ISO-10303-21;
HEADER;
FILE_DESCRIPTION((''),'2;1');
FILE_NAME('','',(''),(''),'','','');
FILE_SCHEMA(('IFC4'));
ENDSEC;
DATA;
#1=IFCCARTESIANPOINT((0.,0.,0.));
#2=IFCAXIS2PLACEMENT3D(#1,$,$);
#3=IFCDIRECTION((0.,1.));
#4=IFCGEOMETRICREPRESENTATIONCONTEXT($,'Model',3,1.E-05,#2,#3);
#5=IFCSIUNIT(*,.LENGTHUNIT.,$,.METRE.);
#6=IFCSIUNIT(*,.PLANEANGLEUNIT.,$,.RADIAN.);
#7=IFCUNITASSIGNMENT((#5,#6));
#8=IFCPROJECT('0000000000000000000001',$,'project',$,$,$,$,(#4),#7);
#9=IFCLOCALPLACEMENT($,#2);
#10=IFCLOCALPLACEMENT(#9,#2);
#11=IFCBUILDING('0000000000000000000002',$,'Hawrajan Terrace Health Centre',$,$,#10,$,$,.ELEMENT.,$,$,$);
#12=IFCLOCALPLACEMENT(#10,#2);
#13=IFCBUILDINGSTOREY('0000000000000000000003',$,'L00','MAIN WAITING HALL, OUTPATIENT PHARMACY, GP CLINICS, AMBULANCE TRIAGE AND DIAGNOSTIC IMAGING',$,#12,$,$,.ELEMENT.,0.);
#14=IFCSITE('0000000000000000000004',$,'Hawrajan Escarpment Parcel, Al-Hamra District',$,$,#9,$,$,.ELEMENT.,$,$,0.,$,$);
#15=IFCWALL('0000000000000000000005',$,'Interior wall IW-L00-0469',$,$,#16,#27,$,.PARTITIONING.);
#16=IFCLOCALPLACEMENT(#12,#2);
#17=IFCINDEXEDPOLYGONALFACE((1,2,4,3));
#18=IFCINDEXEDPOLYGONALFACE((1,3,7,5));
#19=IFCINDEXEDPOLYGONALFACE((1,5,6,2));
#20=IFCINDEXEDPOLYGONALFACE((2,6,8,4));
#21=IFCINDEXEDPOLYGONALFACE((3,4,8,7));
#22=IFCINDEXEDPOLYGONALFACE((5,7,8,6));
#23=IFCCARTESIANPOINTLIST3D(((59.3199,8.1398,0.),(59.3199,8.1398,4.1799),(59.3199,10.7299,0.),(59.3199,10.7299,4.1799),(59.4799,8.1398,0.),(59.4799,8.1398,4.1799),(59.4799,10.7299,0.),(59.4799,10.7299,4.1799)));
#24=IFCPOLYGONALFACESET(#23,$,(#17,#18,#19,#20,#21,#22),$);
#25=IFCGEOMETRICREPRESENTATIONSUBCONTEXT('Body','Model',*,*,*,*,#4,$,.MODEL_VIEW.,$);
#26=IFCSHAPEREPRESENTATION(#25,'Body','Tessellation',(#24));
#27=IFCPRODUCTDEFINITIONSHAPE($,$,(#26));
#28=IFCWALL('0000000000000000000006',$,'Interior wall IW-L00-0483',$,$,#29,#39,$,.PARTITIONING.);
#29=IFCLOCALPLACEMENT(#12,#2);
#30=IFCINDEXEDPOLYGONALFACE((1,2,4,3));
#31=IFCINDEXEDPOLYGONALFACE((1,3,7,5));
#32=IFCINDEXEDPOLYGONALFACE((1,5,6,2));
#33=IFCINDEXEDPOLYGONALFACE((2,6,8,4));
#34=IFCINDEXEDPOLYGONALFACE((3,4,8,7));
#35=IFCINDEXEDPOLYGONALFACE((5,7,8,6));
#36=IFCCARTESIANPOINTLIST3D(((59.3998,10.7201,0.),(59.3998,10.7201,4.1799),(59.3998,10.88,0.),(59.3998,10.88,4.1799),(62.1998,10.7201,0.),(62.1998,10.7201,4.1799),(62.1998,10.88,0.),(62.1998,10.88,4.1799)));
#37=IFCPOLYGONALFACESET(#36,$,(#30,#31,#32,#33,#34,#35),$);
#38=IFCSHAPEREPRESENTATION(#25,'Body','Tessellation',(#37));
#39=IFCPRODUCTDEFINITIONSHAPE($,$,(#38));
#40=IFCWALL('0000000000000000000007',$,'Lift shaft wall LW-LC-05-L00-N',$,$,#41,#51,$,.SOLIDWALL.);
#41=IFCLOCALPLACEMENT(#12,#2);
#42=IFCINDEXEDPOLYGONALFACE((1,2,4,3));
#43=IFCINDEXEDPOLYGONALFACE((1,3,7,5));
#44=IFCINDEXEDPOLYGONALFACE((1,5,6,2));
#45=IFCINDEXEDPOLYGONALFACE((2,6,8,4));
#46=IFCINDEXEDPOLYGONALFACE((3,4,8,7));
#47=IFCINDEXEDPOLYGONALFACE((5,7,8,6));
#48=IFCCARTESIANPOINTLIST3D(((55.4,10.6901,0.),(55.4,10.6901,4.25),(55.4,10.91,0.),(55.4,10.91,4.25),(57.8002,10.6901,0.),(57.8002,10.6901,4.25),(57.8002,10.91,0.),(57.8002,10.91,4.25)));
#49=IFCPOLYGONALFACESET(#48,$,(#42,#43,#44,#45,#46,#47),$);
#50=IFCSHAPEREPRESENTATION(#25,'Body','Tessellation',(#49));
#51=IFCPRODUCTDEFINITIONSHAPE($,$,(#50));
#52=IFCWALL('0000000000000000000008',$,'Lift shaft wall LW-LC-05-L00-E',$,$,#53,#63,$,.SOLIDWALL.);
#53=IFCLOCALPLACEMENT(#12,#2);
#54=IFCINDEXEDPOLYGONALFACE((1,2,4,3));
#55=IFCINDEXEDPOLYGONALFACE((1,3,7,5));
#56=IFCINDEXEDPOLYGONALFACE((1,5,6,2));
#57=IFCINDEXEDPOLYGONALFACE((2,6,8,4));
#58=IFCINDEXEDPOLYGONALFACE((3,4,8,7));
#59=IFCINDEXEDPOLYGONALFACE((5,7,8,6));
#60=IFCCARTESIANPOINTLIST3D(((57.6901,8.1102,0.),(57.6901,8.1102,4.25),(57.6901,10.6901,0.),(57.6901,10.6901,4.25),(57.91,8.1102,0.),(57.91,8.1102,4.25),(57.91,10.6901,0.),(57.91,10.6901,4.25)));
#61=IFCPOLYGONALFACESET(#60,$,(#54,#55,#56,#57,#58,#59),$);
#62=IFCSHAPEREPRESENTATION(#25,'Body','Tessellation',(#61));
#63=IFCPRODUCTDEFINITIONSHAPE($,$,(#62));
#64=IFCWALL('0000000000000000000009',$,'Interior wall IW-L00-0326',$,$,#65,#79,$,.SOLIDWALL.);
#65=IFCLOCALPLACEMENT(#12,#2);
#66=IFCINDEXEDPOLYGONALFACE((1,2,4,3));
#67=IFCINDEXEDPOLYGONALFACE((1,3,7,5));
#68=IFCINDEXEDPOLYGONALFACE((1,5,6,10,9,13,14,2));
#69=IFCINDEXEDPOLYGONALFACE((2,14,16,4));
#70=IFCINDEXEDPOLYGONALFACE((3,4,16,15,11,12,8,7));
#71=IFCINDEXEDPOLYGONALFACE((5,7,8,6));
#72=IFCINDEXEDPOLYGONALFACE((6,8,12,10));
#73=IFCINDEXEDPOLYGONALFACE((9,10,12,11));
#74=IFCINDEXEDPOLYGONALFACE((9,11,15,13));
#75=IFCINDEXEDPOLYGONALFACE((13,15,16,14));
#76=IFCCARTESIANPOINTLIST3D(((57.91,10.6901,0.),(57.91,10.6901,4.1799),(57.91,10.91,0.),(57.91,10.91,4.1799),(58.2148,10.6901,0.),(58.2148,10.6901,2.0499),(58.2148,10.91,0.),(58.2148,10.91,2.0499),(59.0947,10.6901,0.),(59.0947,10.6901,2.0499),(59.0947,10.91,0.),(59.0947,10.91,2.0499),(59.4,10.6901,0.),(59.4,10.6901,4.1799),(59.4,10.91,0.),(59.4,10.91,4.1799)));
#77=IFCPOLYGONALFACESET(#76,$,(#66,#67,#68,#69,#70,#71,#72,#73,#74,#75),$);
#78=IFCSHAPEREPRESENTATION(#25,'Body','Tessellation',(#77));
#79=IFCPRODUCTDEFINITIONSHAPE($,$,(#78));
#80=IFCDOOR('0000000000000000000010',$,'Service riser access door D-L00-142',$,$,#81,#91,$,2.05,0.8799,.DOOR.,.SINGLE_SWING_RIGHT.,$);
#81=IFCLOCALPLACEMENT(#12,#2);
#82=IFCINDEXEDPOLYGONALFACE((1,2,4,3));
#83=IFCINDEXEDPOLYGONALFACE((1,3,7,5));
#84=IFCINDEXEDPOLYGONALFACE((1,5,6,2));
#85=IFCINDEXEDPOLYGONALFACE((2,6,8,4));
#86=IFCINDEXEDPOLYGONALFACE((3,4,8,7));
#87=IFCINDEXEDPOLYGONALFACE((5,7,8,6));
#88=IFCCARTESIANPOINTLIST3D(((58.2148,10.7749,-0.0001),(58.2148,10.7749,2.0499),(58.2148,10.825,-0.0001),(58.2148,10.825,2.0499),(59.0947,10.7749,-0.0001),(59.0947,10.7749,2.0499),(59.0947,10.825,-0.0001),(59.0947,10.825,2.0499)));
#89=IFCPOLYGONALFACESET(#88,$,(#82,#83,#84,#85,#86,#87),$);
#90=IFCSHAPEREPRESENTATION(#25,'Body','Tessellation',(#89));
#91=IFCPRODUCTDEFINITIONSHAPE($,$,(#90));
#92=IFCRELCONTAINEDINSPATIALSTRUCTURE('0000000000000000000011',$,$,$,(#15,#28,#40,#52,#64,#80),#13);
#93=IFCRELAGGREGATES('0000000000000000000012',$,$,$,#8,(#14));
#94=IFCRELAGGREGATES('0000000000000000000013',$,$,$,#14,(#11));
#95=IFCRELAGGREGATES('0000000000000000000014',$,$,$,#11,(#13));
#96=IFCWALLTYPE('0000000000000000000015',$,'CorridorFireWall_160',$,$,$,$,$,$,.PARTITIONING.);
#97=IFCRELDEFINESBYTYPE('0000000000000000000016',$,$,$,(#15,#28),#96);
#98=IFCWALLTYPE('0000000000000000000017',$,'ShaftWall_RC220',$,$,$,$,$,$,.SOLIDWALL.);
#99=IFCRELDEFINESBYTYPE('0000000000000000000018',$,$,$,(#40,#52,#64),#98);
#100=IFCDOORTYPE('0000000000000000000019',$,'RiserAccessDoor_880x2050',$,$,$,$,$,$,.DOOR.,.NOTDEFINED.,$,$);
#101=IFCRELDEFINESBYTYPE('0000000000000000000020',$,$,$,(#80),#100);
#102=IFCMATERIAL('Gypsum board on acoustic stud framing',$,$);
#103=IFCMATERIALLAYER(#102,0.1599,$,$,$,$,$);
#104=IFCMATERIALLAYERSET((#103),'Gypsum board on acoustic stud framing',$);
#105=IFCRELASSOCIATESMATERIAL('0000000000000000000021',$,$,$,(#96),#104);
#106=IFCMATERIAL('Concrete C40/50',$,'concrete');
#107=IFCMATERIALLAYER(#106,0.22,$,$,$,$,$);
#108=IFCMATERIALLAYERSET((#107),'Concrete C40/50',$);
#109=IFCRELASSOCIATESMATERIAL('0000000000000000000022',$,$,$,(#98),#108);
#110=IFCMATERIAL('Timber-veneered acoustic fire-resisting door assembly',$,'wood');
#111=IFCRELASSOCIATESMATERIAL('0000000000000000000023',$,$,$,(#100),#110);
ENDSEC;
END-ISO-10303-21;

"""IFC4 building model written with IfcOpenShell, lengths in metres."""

from ifc_helpers import new_model, si_unit, direction, frame, frame_2d, origin, place, context, subcontext, project, spatial, rectangle, extrude, material, layer, layer_set, type_object, element, fill, save


model = new_model("IFC4")

# Units and contexts
model_context = context("Model", 3, precision=1e-05, world=origin(), true_north=direction((0.0, 1.0)))
body_context = subcontext(model_context, "Body", "Model", "MODEL_VIEW")
ifc_project = project(units=[si_unit("LENGTHUNIT", "METRE"), si_unit("PLANEANGLEUNIT", "RADIAN")], contexts=[model_context])

# Site, building, storey
site_placement = place(None, origin())
site = spatial("IfcSite", under=ifc_project, at=site_placement, Name="Hawrajan Escarpment Parcel, Al-Hamra District", CompositionType="ELEMENT", RefElevation=0.0)
building_placement = place(site_placement, origin())
building = spatial("IfcBuilding", under=site, at=building_placement, Name="Hawrajan Terrace Health Centre", CompositionType="ELEMENT")
storey_placement = place(building_placement, origin())
storey = spatial("IfcBuildingStorey", under=building, at=storey_placement, Name="L00", Description="MAIN WAITING HALL, OUTPATIENT PHARMACY, GP CLINICS, AMBULANCE TRIAGE AND DIAGNOSTIC IMAGING", CompositionType="ELEMENT", Elevation=0.0)

# Shared definitions
ifc_material_1 = material(Name="Concrete C40/50", Category="concrete")

# Shared definitions
ifc_material_2 = material(Name="Gypsum board on acoustic stud framing")

# Walls
ifc_layer_1 = layer(ifc_material_2, 0.1599)
ifc_layer_set_1 = layer_set([ifc_layer_1], Name="Gypsum board on acoustic stud framing")
wall_type_1 = type_object("IfcWallType", Name="CorridorFireWall_160", PredefinedType="PARTITIONING", material=ifc_layer_set_1)
wall_1_placement = place(storey_placement, frame((59.3999, 8.1399, 0.0), z_axis=(0.0, 0.0, 1.0), x_axis=(0.0, 1.0, 0.0)))
element("IfcWall", 1, at=wall_1_placement, inside=storey, type_object=wall_type_1, Name="Interior wall IW-L00-0469", PredefinedType="PARTITIONING", context=body_context, shape_type="SweptSolid", body=[
    extrude(rectangle(XDim=2.5901, YDim=0.1599, at=frame_2d((1.2949, 0.0))), origin(), (0.0, 0.0, 1.0), 4.1799),
])
wall_2_placement = place(storey_placement, frame((59.3999, 10.8, 0.0), z_axis=(0.0, 0.0, 1.0), x_axis=(1.0, 0.0, 0.0)))
element("IfcWall", 2, at=wall_2_placement, inside=storey, type_object=wall_type_1, Name="Interior wall IW-L00-0483", PredefinedType="PARTITIONING", context=body_context, shape_type="SweptSolid", body=[
    extrude(rectangle(XDim=2.8, YDim=0.1599, at=frame_2d((1.3999, 0.0))), origin(), (0.0, 0.0, 1.0), 4.1799),
])
ifc_layer_2 = layer(ifc_material_1, 0.22)
ifc_layer_set_2 = layer_set([ifc_layer_2], Name="Concrete C40/50")
wall_type_2 = type_object("IfcWallType", Name="ShaftWall_RC220", PredefinedType="SOLIDWALL", material=ifc_layer_set_2)
wall_3_placement = place(storey_placement, frame((55.3999, 10.8, 0.0), z_axis=(0.0, 0.0, 1.0), x_axis=(1.0, 0.0, 0.0)))
element("IfcWall", 3, at=wall_3_placement, inside=storey, type_object=wall_type_2, Name="Lift shaft wall LW-LC-05-L00-N", PredefinedType="SOLIDWALL", context=body_context, shape_type="SweptSolid", body=[
    extrude(rectangle(XDim=2.4001, YDim=0.22, at=frame_2d((1.2002, 0.0))), origin(), (0.0, 0.0, 1.0), 4.25),
])

# Wall
wall_4_placement = place(storey_placement, frame((57.8, 8.1101, 0.0), z_axis=(0.0, 0.0, 1.0), x_axis=(0.0, 1.0, 0.0)))
element("IfcWall", 4, at=wall_4_placement, inside=storey, type_object=wall_type_2, Name="Lift shaft wall LW-LC-05-L00-E", PredefinedType="SOLIDWALL", context=body_context, shape_type="SweptSolid", body=[
    extrude(rectangle(XDim=2.5798, YDim=0.22, at=frame_2d((1.29, 0.0))), origin(), (0.0, 0.0, 1.0), 4.25),
])

# Wall, opening, door
wall_5_placement = place(storey_placement, frame((57.9099, 10.8, 0.0), z_axis=(0.0, 0.0, 1.0), x_axis=(1.0, 0.0, 0.0)))
wall_5 = element("IfcWall", 5, at=wall_5_placement, inside=storey, type_object=wall_type_2, Name="Interior wall IW-L00-0326", PredefinedType="SOLIDWALL", context=body_context, shape_type="SweptSolid", body=[
    extrude(rectangle(XDim=1.49, YDim=0.22, at=frame_2d((0.7451, 0.0))), origin(), (0.0, 0.0, 1.0), 4.1799),
])
opening_1_placement = place(wall_5_placement, frame((0.3049, 0.0, 0.0)))
opening_1 = element("IfcOpeningElement", 6, at=opening_1_placement, cuts=wall_5, PredefinedType="OPENING", context=body_context, shape_type="SweptSolid", body=[
    extrude(rectangle(XDim=0.8799, YDim=2.05, at=frame_2d((0.4399, 1.0249))), frame((0.0, 0.1199, 0.0), z_axis=(0.0, -1.0, 0.0), x_axis=(1.0, 0.0, 0.0)), (0.0, 0.0, 1.0), 0.24),
])
ifc_material_3 = material(Name="Timber-veneered acoustic fire-resisting door assembly", Category="wood")
door_type_1 = type_object("IfcDoorType", Name="RiserAccessDoor_880x2050", OperationType="NOTDEFINED", PredefinedType="DOOR", material=ifc_material_3)
door_1_placement = place(opening_1_placement, origin())
door_1 = element("IfcDoor", 7, at=door_1_placement, inside=storey, type_object=door_type_1, Name="Service riser access door D-L00-142", OperationType="SINGLE_SWING_RIGHT", OverallHeight=2.05, OverallWidth=0.8799, PredefinedType="DOOR", context=body_context, shape_type="SweptSolid", body=[
    extrude(rectangle(XDim=0.8799, YDim=2.05, at=frame_2d((0.4399, 1.0249))), frame((0.0, 0.0249, 0.0), z_axis=(0.0, -1.0, 0.0), x_axis=(1.0, 0.0, 0.0)), (0.0, 0.0, 1.0), 0.05),
])
fill(opening_1, door_1)

save(model, "model.ifc")
